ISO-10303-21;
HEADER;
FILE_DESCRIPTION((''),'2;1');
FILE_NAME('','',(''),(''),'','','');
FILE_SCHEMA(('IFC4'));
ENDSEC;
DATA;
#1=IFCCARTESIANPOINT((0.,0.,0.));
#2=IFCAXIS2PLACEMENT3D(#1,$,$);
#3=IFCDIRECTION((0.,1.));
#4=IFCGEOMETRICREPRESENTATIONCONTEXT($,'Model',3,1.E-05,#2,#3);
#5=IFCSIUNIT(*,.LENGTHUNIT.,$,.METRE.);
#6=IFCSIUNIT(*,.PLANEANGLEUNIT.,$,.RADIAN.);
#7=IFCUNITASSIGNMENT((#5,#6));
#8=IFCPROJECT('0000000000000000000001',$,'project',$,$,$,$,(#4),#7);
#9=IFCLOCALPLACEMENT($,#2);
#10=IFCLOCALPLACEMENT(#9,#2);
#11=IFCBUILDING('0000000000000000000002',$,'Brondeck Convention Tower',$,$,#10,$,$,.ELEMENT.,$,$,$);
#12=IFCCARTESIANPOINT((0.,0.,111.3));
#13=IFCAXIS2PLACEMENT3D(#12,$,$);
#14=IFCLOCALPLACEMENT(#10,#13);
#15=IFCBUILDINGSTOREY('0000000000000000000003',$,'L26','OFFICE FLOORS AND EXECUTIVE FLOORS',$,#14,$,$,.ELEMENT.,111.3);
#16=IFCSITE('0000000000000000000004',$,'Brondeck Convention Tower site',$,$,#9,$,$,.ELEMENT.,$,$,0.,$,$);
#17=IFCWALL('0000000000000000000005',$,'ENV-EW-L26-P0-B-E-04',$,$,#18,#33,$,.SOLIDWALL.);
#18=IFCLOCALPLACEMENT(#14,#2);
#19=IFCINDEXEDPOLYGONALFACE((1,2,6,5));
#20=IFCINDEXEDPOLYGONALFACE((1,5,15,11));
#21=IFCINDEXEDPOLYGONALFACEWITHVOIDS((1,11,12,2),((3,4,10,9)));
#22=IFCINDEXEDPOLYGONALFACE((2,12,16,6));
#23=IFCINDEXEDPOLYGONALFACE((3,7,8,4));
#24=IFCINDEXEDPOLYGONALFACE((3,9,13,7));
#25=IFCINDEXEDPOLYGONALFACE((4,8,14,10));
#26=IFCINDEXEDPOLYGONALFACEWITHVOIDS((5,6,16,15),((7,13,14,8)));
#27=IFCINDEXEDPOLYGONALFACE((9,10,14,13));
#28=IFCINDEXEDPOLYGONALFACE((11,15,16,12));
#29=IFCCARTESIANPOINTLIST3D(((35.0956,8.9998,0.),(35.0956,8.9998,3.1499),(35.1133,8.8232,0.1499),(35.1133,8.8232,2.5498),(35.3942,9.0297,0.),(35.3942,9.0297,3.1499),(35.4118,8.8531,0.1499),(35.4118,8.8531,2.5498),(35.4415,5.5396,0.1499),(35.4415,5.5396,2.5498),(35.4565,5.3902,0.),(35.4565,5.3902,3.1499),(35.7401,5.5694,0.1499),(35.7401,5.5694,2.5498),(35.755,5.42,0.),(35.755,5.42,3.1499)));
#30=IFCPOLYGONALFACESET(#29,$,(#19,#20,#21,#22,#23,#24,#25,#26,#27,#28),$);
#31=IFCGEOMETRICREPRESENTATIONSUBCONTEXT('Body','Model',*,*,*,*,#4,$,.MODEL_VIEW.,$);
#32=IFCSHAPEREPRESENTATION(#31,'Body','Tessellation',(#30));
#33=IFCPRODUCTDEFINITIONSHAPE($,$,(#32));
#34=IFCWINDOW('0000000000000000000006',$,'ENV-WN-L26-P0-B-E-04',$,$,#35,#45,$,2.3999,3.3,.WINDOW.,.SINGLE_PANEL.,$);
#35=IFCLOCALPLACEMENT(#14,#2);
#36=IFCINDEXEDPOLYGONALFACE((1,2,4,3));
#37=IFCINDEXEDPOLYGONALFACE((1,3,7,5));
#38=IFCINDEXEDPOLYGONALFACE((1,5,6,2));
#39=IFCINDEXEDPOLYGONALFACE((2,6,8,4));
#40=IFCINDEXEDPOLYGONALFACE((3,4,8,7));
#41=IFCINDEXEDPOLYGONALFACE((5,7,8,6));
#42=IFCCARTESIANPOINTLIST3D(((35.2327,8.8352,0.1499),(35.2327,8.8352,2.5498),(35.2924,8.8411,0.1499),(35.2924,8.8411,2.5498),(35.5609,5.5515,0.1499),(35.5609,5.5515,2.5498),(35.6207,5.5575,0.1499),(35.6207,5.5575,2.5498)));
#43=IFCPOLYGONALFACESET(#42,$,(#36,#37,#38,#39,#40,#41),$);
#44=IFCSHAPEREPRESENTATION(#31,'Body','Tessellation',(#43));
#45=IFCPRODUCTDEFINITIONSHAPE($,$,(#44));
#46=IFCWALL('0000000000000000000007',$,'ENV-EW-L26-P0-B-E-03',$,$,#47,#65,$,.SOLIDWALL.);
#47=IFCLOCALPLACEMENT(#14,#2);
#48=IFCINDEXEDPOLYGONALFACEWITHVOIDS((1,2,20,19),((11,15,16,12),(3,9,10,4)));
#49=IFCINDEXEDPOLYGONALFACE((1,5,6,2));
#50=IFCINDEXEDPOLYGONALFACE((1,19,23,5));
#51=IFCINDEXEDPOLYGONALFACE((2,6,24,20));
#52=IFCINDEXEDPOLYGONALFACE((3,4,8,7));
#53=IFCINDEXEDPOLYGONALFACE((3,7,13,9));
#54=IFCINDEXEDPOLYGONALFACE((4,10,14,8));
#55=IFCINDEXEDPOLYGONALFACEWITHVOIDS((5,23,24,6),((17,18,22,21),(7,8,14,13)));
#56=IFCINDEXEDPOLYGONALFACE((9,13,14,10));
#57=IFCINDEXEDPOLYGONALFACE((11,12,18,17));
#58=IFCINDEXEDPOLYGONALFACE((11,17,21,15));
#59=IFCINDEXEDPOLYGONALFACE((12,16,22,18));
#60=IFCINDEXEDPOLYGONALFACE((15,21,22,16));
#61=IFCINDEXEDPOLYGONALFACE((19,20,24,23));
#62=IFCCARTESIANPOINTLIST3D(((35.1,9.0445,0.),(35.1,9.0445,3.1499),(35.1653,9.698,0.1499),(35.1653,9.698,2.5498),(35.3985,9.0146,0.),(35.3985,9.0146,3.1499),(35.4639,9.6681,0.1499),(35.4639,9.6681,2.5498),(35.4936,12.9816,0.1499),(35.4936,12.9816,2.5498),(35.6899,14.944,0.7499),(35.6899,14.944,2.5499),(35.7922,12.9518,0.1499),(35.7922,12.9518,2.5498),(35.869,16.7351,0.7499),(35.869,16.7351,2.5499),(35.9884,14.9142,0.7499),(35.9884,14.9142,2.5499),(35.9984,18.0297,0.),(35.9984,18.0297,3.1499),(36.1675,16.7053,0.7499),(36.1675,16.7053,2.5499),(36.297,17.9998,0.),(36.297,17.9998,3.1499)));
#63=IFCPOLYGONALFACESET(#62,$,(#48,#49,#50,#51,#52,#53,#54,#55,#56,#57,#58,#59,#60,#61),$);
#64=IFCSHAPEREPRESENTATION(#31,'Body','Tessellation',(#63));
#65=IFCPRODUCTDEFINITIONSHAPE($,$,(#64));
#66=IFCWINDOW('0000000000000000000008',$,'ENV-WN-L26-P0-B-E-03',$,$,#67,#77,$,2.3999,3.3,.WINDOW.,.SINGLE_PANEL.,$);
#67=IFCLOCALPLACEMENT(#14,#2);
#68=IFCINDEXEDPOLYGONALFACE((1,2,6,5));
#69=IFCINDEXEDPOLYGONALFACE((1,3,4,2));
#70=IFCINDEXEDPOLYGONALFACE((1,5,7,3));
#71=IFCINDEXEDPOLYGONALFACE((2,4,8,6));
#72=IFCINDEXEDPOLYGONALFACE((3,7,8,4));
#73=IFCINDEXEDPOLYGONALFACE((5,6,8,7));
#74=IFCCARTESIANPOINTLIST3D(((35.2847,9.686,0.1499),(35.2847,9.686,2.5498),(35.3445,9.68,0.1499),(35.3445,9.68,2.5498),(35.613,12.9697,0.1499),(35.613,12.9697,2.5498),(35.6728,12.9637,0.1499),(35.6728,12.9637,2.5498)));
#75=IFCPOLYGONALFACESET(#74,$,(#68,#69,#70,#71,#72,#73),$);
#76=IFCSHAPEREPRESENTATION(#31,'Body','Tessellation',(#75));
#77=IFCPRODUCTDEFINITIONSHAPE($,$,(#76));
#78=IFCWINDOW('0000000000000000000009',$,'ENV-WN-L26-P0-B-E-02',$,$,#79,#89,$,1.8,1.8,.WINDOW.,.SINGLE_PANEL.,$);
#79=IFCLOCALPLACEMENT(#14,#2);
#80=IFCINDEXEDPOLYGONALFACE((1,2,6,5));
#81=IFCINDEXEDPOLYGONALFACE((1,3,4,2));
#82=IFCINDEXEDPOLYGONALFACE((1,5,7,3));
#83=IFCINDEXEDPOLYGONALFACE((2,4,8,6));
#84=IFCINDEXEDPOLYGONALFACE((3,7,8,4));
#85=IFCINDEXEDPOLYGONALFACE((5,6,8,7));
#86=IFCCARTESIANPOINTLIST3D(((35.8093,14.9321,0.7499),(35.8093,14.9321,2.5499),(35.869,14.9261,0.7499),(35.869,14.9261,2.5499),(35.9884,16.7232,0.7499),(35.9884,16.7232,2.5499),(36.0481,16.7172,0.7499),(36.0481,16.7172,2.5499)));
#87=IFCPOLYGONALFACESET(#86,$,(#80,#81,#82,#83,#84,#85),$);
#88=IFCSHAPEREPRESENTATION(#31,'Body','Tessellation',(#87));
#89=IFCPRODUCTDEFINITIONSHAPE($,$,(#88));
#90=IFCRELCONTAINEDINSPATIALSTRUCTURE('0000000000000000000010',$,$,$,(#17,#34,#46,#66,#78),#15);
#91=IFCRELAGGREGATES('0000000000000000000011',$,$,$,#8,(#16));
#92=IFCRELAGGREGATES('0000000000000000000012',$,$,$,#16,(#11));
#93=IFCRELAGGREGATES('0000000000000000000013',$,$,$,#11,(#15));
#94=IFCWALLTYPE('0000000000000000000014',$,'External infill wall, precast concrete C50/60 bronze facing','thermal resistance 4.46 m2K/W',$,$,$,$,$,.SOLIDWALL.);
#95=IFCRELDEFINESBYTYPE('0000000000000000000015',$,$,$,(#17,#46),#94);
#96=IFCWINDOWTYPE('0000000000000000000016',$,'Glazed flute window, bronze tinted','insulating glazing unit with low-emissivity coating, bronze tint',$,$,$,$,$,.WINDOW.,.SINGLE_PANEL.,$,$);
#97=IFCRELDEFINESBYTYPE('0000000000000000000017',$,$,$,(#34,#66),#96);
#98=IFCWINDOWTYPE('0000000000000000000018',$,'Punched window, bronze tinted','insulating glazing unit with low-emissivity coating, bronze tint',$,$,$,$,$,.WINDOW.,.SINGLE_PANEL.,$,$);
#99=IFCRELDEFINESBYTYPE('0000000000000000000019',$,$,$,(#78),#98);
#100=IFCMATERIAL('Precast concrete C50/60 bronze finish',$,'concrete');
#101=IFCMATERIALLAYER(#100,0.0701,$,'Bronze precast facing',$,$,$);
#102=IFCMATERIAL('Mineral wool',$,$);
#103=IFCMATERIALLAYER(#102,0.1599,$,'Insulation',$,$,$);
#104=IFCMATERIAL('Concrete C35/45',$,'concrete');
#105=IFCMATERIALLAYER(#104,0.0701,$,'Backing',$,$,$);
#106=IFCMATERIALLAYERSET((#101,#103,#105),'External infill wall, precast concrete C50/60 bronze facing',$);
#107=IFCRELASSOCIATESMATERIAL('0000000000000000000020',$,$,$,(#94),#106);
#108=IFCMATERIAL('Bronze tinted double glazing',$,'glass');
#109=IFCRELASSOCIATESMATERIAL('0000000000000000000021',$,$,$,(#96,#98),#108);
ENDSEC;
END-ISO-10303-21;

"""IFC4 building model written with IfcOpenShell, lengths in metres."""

from ifc_helpers import new_model, si_unit, direction, frame, frame_2d, origin, place, context, subcontext, project, spatial, rectangle, extrude, material, layer, layer_set, type_object, element, fill, save


model = new_model("IFC4")

# Units and contexts
model_context = context("Model", 3, precision=1e-05, world=origin(), true_north=direction((0.0, 1.0)))
body_context = subcontext(model_context, "Body", "Model", "MODEL_VIEW")
ifc_project = project(units=[si_unit("LENGTHUNIT", "METRE"), si_unit("PLANEANGLEUNIT", "RADIAN")], contexts=[model_context])

# Site, building, storey
site_placement = place(None, origin())
site = spatial("IfcSite", under=ifc_project, at=site_placement, Name="Brondeck Convention Tower site", CompositionType="ELEMENT", RefElevation=0.0)
building_placement = place(site_placement, origin())
building = spatial("IfcBuilding", under=site, at=building_placement, Name="Brondeck Convention Tower", CompositionType="ELEMENT")
storey_placement = place(building_placement, frame((0.0, 0.0, 111.3)))
storey = spatial("IfcBuildingStorey", under=building, at=storey_placement, Name="L26", Description="OFFICE FLOORS AND EXECUTIVE FLOORS", CompositionType="ELEMENT", Elevation=111.3)

# Wall, opening, window
ifc_material_1 = material(Name="Precast concrete C50/60 bronze finish", Category="concrete")
ifc_layer_1 = layer(ifc_material_1, 0.0701, Name="Bronze precast facing")
ifc_material_2 = material(Name="Mineral wool")
ifc_layer_2 = layer(ifc_material_2, 0.1599, Name="Insulation")
ifc_material_3 = material(Name="Concrete C35/45", Category="concrete")
ifc_layer_3 = layer(ifc_material_3, 0.0701, Name="Backing")
ifc_layer_set = layer_set([ifc_layer_1, ifc_layer_2, ifc_layer_3], Name="External infill wall, precast concrete C50/60 bronze facing")
wall_type = type_object("IfcWallType", Name="External infill wall, precast concrete C50/60 bronze facing", Description="thermal resistance 4.46 m2K/W", PredefinedType="SOLIDWALL", material=ifc_layer_set)
wall_1_placement = place(storey_placement, frame((35.2449, 9.0149, 0.0), z_axis=(0.0, 0.0, 1.0), x_axis=(0.09947, -0.995041, 0.0)))
wall_1 = element("IfcWall", 1, at=wall_1_placement, inside=storey, type_object=wall_type, Name="ENV-EW-L26-P0-B-E-04", PredefinedType="SOLIDWALL", context=body_context, shape_type="SweptSolid", body=[
    extrude(rectangle(XDim=3.6277, YDim=0.3, at=frame_2d((1.814, 0.0))), origin(), (0.0, 0.0, 1.0), 3.1499),
])
opening_1_placement = place(wall_1_placement, frame((0.1777, 0.0, 0.1499)))
opening_1 = element("IfcOpeningElement", 2, at=opening_1_placement, cuts=wall_1, PredefinedType="OPENING", context=body_context, shape_type="SweptSolid", body=[
    extrude(rectangle(XDim=3.3, YDim=2.3999, at=frame_2d((1.6499, 1.2))), frame((0.0, 0.1599, 0.0), z_axis=(0.0, -1.0, 0.0), x_axis=(1.0, 0.0, 0.0)), (0.0, 0.0, 1.0), 0.3201),
])
ifc_material_4 = material(Name="Bronze tinted double glazing", Category="glass")
window_type_1 = type_object("IfcWindowType", Name="Glazed flute window, bronze tinted", Description="insulating glazing unit with low-emissivity coating, bronze tint", PartitioningType="SINGLE_PANEL", PredefinedType="WINDOW", material=ifc_material_4)
window_1_placement = place(opening_1_placement, origin())
window_1 = element("IfcWindow", 3, at=window_1_placement, inside=storey, type_object=window_type_1, Name="ENV-WN-L26-P0-B-E-04", OverallHeight=2.3999, OverallWidth=3.3, PartitioningType="SINGLE_PANEL", PredefinedType="WINDOW", context=body_context, shape_type="SweptSolid", body=[
    extrude(rectangle(XDim=3.3, YDim=2.3999, at=frame_2d((1.6499, 1.2))), frame((0.0, 0.03, 0.0), z_axis=(0.0, -1.0, 0.0), x_axis=(1.0, 0.0, 0.0)), (0.0, 0.0, 1.0), 0.0601),
])
fill(opening_1, window_1)

# Wall, openings, windows
wall_2_placement = place(storey_placement, frame((36.1477, 18.0149, 0.0), z_axis=(0.0, 0.0, 1.0), x_axis=(-0.099496, -0.995038, 0.0)))
wall_2 = element("IfcWall", 4, at=wall_2_placement, inside=storey, type_object=wall_type, Name="ENV-EW-L26-P0-B-E-03", PredefinedType="SOLIDWALL", context=body_context, shape_type="SweptSolid", body=[
    extrude(rectangle(XDim=9.03, YDim=0.3, at=frame_2d((4.5151, 0.0))), origin(), (0.0, 0.0, 1.0), 3.1499),
])
opening_2_placement = place(wall_2_placement, frame((1.3013, 0.0, 0.75)))
opening_2 = element("IfcOpeningElement", 5, at=opening_2_placement, cuts=wall_2, PredefinedType="OPENING", context=body_context, shape_type="SweptSolid", body=[
    extrude(rectangle(XDim=1.8, YDim=1.8, at=frame_2d((0.8999, 0.8999))), frame((0.0, 0.1599, 0.0), z_axis=(0.0, -1.0, 0.0), x_axis=(1.0, 0.0, 0.0)), (0.0, 0.0, 1.0), 0.3201),
])
opening_3_placement = place(wall_2_placement, frame((5.0735, 0.0, 0.1499)))
opening_3 = element("IfcOpeningElement", 6, at=opening_3_placement, cuts=wall_2, PredefinedType="OPENING", context=body_context, shape_type="SweptSolid", body=[
    extrude(rectangle(XDim=3.3, YDim=2.3999, at=frame_2d((1.6499, 1.2))), frame((0.0, 0.1599, 0.0), z_axis=(0.0, -1.0, 0.0), x_axis=(1.0, 0.0, 0.0)), (0.0, 0.0, 1.0), 0.3201),
])
window_2_placement = place(opening_3_placement, origin())
window_2 = element("IfcWindow", 7, at=window_2_placement, inside=storey, type_object=window_type_1, Name="ENV-WN-L26-P0-B-E-03", OverallHeight=2.3999, OverallWidth=3.3, PartitioningType="SINGLE_PANEL", PredefinedType="WINDOW", context=body_context, shape_type="SweptSolid", body=[
    extrude(rectangle(XDim=3.3, YDim=2.3999, at=frame_2d((1.6499, 1.2))), frame((0.0, 0.03, 0.0), z_axis=(0.0, -1.0, 0.0), x_axis=(1.0, 0.0, 0.0)), (0.0, 0.0, 1.0), 0.0601),
])
fill(opening_3, window_2)
window_type_2 = type_object("IfcWindowType", Name="Punched window, bronze tinted", Description="insulating glazing unit with low-emissivity coating, bronze tint", PartitioningType="SINGLE_PANEL", PredefinedType="WINDOW", material=ifc_material_4)
window_3_placement = place(opening_2_placement, origin())
window_3 = element("IfcWindow", 8, at=window_3_placement, inside=storey, type_object=window_type_2, Name="ENV-WN-L26-P0-B-E-02", OverallHeight=1.8, OverallWidth=1.8, PartitioningType="SINGLE_PANEL", PredefinedType="WINDOW", context=body_context, shape_type="SweptSolid", body=[
    extrude(rectangle(XDim=1.8, YDim=1.8, at=frame_2d((0.8999, 0.8999))), frame((0.0, 0.03, 0.0), z_axis=(0.0, -1.0, 0.0), x_axis=(1.0, 0.0, 0.0)), (0.0, 0.0, 1.0), 0.0601),
])
fill(opening_2, window_3)

save(model, "model.ifc")
